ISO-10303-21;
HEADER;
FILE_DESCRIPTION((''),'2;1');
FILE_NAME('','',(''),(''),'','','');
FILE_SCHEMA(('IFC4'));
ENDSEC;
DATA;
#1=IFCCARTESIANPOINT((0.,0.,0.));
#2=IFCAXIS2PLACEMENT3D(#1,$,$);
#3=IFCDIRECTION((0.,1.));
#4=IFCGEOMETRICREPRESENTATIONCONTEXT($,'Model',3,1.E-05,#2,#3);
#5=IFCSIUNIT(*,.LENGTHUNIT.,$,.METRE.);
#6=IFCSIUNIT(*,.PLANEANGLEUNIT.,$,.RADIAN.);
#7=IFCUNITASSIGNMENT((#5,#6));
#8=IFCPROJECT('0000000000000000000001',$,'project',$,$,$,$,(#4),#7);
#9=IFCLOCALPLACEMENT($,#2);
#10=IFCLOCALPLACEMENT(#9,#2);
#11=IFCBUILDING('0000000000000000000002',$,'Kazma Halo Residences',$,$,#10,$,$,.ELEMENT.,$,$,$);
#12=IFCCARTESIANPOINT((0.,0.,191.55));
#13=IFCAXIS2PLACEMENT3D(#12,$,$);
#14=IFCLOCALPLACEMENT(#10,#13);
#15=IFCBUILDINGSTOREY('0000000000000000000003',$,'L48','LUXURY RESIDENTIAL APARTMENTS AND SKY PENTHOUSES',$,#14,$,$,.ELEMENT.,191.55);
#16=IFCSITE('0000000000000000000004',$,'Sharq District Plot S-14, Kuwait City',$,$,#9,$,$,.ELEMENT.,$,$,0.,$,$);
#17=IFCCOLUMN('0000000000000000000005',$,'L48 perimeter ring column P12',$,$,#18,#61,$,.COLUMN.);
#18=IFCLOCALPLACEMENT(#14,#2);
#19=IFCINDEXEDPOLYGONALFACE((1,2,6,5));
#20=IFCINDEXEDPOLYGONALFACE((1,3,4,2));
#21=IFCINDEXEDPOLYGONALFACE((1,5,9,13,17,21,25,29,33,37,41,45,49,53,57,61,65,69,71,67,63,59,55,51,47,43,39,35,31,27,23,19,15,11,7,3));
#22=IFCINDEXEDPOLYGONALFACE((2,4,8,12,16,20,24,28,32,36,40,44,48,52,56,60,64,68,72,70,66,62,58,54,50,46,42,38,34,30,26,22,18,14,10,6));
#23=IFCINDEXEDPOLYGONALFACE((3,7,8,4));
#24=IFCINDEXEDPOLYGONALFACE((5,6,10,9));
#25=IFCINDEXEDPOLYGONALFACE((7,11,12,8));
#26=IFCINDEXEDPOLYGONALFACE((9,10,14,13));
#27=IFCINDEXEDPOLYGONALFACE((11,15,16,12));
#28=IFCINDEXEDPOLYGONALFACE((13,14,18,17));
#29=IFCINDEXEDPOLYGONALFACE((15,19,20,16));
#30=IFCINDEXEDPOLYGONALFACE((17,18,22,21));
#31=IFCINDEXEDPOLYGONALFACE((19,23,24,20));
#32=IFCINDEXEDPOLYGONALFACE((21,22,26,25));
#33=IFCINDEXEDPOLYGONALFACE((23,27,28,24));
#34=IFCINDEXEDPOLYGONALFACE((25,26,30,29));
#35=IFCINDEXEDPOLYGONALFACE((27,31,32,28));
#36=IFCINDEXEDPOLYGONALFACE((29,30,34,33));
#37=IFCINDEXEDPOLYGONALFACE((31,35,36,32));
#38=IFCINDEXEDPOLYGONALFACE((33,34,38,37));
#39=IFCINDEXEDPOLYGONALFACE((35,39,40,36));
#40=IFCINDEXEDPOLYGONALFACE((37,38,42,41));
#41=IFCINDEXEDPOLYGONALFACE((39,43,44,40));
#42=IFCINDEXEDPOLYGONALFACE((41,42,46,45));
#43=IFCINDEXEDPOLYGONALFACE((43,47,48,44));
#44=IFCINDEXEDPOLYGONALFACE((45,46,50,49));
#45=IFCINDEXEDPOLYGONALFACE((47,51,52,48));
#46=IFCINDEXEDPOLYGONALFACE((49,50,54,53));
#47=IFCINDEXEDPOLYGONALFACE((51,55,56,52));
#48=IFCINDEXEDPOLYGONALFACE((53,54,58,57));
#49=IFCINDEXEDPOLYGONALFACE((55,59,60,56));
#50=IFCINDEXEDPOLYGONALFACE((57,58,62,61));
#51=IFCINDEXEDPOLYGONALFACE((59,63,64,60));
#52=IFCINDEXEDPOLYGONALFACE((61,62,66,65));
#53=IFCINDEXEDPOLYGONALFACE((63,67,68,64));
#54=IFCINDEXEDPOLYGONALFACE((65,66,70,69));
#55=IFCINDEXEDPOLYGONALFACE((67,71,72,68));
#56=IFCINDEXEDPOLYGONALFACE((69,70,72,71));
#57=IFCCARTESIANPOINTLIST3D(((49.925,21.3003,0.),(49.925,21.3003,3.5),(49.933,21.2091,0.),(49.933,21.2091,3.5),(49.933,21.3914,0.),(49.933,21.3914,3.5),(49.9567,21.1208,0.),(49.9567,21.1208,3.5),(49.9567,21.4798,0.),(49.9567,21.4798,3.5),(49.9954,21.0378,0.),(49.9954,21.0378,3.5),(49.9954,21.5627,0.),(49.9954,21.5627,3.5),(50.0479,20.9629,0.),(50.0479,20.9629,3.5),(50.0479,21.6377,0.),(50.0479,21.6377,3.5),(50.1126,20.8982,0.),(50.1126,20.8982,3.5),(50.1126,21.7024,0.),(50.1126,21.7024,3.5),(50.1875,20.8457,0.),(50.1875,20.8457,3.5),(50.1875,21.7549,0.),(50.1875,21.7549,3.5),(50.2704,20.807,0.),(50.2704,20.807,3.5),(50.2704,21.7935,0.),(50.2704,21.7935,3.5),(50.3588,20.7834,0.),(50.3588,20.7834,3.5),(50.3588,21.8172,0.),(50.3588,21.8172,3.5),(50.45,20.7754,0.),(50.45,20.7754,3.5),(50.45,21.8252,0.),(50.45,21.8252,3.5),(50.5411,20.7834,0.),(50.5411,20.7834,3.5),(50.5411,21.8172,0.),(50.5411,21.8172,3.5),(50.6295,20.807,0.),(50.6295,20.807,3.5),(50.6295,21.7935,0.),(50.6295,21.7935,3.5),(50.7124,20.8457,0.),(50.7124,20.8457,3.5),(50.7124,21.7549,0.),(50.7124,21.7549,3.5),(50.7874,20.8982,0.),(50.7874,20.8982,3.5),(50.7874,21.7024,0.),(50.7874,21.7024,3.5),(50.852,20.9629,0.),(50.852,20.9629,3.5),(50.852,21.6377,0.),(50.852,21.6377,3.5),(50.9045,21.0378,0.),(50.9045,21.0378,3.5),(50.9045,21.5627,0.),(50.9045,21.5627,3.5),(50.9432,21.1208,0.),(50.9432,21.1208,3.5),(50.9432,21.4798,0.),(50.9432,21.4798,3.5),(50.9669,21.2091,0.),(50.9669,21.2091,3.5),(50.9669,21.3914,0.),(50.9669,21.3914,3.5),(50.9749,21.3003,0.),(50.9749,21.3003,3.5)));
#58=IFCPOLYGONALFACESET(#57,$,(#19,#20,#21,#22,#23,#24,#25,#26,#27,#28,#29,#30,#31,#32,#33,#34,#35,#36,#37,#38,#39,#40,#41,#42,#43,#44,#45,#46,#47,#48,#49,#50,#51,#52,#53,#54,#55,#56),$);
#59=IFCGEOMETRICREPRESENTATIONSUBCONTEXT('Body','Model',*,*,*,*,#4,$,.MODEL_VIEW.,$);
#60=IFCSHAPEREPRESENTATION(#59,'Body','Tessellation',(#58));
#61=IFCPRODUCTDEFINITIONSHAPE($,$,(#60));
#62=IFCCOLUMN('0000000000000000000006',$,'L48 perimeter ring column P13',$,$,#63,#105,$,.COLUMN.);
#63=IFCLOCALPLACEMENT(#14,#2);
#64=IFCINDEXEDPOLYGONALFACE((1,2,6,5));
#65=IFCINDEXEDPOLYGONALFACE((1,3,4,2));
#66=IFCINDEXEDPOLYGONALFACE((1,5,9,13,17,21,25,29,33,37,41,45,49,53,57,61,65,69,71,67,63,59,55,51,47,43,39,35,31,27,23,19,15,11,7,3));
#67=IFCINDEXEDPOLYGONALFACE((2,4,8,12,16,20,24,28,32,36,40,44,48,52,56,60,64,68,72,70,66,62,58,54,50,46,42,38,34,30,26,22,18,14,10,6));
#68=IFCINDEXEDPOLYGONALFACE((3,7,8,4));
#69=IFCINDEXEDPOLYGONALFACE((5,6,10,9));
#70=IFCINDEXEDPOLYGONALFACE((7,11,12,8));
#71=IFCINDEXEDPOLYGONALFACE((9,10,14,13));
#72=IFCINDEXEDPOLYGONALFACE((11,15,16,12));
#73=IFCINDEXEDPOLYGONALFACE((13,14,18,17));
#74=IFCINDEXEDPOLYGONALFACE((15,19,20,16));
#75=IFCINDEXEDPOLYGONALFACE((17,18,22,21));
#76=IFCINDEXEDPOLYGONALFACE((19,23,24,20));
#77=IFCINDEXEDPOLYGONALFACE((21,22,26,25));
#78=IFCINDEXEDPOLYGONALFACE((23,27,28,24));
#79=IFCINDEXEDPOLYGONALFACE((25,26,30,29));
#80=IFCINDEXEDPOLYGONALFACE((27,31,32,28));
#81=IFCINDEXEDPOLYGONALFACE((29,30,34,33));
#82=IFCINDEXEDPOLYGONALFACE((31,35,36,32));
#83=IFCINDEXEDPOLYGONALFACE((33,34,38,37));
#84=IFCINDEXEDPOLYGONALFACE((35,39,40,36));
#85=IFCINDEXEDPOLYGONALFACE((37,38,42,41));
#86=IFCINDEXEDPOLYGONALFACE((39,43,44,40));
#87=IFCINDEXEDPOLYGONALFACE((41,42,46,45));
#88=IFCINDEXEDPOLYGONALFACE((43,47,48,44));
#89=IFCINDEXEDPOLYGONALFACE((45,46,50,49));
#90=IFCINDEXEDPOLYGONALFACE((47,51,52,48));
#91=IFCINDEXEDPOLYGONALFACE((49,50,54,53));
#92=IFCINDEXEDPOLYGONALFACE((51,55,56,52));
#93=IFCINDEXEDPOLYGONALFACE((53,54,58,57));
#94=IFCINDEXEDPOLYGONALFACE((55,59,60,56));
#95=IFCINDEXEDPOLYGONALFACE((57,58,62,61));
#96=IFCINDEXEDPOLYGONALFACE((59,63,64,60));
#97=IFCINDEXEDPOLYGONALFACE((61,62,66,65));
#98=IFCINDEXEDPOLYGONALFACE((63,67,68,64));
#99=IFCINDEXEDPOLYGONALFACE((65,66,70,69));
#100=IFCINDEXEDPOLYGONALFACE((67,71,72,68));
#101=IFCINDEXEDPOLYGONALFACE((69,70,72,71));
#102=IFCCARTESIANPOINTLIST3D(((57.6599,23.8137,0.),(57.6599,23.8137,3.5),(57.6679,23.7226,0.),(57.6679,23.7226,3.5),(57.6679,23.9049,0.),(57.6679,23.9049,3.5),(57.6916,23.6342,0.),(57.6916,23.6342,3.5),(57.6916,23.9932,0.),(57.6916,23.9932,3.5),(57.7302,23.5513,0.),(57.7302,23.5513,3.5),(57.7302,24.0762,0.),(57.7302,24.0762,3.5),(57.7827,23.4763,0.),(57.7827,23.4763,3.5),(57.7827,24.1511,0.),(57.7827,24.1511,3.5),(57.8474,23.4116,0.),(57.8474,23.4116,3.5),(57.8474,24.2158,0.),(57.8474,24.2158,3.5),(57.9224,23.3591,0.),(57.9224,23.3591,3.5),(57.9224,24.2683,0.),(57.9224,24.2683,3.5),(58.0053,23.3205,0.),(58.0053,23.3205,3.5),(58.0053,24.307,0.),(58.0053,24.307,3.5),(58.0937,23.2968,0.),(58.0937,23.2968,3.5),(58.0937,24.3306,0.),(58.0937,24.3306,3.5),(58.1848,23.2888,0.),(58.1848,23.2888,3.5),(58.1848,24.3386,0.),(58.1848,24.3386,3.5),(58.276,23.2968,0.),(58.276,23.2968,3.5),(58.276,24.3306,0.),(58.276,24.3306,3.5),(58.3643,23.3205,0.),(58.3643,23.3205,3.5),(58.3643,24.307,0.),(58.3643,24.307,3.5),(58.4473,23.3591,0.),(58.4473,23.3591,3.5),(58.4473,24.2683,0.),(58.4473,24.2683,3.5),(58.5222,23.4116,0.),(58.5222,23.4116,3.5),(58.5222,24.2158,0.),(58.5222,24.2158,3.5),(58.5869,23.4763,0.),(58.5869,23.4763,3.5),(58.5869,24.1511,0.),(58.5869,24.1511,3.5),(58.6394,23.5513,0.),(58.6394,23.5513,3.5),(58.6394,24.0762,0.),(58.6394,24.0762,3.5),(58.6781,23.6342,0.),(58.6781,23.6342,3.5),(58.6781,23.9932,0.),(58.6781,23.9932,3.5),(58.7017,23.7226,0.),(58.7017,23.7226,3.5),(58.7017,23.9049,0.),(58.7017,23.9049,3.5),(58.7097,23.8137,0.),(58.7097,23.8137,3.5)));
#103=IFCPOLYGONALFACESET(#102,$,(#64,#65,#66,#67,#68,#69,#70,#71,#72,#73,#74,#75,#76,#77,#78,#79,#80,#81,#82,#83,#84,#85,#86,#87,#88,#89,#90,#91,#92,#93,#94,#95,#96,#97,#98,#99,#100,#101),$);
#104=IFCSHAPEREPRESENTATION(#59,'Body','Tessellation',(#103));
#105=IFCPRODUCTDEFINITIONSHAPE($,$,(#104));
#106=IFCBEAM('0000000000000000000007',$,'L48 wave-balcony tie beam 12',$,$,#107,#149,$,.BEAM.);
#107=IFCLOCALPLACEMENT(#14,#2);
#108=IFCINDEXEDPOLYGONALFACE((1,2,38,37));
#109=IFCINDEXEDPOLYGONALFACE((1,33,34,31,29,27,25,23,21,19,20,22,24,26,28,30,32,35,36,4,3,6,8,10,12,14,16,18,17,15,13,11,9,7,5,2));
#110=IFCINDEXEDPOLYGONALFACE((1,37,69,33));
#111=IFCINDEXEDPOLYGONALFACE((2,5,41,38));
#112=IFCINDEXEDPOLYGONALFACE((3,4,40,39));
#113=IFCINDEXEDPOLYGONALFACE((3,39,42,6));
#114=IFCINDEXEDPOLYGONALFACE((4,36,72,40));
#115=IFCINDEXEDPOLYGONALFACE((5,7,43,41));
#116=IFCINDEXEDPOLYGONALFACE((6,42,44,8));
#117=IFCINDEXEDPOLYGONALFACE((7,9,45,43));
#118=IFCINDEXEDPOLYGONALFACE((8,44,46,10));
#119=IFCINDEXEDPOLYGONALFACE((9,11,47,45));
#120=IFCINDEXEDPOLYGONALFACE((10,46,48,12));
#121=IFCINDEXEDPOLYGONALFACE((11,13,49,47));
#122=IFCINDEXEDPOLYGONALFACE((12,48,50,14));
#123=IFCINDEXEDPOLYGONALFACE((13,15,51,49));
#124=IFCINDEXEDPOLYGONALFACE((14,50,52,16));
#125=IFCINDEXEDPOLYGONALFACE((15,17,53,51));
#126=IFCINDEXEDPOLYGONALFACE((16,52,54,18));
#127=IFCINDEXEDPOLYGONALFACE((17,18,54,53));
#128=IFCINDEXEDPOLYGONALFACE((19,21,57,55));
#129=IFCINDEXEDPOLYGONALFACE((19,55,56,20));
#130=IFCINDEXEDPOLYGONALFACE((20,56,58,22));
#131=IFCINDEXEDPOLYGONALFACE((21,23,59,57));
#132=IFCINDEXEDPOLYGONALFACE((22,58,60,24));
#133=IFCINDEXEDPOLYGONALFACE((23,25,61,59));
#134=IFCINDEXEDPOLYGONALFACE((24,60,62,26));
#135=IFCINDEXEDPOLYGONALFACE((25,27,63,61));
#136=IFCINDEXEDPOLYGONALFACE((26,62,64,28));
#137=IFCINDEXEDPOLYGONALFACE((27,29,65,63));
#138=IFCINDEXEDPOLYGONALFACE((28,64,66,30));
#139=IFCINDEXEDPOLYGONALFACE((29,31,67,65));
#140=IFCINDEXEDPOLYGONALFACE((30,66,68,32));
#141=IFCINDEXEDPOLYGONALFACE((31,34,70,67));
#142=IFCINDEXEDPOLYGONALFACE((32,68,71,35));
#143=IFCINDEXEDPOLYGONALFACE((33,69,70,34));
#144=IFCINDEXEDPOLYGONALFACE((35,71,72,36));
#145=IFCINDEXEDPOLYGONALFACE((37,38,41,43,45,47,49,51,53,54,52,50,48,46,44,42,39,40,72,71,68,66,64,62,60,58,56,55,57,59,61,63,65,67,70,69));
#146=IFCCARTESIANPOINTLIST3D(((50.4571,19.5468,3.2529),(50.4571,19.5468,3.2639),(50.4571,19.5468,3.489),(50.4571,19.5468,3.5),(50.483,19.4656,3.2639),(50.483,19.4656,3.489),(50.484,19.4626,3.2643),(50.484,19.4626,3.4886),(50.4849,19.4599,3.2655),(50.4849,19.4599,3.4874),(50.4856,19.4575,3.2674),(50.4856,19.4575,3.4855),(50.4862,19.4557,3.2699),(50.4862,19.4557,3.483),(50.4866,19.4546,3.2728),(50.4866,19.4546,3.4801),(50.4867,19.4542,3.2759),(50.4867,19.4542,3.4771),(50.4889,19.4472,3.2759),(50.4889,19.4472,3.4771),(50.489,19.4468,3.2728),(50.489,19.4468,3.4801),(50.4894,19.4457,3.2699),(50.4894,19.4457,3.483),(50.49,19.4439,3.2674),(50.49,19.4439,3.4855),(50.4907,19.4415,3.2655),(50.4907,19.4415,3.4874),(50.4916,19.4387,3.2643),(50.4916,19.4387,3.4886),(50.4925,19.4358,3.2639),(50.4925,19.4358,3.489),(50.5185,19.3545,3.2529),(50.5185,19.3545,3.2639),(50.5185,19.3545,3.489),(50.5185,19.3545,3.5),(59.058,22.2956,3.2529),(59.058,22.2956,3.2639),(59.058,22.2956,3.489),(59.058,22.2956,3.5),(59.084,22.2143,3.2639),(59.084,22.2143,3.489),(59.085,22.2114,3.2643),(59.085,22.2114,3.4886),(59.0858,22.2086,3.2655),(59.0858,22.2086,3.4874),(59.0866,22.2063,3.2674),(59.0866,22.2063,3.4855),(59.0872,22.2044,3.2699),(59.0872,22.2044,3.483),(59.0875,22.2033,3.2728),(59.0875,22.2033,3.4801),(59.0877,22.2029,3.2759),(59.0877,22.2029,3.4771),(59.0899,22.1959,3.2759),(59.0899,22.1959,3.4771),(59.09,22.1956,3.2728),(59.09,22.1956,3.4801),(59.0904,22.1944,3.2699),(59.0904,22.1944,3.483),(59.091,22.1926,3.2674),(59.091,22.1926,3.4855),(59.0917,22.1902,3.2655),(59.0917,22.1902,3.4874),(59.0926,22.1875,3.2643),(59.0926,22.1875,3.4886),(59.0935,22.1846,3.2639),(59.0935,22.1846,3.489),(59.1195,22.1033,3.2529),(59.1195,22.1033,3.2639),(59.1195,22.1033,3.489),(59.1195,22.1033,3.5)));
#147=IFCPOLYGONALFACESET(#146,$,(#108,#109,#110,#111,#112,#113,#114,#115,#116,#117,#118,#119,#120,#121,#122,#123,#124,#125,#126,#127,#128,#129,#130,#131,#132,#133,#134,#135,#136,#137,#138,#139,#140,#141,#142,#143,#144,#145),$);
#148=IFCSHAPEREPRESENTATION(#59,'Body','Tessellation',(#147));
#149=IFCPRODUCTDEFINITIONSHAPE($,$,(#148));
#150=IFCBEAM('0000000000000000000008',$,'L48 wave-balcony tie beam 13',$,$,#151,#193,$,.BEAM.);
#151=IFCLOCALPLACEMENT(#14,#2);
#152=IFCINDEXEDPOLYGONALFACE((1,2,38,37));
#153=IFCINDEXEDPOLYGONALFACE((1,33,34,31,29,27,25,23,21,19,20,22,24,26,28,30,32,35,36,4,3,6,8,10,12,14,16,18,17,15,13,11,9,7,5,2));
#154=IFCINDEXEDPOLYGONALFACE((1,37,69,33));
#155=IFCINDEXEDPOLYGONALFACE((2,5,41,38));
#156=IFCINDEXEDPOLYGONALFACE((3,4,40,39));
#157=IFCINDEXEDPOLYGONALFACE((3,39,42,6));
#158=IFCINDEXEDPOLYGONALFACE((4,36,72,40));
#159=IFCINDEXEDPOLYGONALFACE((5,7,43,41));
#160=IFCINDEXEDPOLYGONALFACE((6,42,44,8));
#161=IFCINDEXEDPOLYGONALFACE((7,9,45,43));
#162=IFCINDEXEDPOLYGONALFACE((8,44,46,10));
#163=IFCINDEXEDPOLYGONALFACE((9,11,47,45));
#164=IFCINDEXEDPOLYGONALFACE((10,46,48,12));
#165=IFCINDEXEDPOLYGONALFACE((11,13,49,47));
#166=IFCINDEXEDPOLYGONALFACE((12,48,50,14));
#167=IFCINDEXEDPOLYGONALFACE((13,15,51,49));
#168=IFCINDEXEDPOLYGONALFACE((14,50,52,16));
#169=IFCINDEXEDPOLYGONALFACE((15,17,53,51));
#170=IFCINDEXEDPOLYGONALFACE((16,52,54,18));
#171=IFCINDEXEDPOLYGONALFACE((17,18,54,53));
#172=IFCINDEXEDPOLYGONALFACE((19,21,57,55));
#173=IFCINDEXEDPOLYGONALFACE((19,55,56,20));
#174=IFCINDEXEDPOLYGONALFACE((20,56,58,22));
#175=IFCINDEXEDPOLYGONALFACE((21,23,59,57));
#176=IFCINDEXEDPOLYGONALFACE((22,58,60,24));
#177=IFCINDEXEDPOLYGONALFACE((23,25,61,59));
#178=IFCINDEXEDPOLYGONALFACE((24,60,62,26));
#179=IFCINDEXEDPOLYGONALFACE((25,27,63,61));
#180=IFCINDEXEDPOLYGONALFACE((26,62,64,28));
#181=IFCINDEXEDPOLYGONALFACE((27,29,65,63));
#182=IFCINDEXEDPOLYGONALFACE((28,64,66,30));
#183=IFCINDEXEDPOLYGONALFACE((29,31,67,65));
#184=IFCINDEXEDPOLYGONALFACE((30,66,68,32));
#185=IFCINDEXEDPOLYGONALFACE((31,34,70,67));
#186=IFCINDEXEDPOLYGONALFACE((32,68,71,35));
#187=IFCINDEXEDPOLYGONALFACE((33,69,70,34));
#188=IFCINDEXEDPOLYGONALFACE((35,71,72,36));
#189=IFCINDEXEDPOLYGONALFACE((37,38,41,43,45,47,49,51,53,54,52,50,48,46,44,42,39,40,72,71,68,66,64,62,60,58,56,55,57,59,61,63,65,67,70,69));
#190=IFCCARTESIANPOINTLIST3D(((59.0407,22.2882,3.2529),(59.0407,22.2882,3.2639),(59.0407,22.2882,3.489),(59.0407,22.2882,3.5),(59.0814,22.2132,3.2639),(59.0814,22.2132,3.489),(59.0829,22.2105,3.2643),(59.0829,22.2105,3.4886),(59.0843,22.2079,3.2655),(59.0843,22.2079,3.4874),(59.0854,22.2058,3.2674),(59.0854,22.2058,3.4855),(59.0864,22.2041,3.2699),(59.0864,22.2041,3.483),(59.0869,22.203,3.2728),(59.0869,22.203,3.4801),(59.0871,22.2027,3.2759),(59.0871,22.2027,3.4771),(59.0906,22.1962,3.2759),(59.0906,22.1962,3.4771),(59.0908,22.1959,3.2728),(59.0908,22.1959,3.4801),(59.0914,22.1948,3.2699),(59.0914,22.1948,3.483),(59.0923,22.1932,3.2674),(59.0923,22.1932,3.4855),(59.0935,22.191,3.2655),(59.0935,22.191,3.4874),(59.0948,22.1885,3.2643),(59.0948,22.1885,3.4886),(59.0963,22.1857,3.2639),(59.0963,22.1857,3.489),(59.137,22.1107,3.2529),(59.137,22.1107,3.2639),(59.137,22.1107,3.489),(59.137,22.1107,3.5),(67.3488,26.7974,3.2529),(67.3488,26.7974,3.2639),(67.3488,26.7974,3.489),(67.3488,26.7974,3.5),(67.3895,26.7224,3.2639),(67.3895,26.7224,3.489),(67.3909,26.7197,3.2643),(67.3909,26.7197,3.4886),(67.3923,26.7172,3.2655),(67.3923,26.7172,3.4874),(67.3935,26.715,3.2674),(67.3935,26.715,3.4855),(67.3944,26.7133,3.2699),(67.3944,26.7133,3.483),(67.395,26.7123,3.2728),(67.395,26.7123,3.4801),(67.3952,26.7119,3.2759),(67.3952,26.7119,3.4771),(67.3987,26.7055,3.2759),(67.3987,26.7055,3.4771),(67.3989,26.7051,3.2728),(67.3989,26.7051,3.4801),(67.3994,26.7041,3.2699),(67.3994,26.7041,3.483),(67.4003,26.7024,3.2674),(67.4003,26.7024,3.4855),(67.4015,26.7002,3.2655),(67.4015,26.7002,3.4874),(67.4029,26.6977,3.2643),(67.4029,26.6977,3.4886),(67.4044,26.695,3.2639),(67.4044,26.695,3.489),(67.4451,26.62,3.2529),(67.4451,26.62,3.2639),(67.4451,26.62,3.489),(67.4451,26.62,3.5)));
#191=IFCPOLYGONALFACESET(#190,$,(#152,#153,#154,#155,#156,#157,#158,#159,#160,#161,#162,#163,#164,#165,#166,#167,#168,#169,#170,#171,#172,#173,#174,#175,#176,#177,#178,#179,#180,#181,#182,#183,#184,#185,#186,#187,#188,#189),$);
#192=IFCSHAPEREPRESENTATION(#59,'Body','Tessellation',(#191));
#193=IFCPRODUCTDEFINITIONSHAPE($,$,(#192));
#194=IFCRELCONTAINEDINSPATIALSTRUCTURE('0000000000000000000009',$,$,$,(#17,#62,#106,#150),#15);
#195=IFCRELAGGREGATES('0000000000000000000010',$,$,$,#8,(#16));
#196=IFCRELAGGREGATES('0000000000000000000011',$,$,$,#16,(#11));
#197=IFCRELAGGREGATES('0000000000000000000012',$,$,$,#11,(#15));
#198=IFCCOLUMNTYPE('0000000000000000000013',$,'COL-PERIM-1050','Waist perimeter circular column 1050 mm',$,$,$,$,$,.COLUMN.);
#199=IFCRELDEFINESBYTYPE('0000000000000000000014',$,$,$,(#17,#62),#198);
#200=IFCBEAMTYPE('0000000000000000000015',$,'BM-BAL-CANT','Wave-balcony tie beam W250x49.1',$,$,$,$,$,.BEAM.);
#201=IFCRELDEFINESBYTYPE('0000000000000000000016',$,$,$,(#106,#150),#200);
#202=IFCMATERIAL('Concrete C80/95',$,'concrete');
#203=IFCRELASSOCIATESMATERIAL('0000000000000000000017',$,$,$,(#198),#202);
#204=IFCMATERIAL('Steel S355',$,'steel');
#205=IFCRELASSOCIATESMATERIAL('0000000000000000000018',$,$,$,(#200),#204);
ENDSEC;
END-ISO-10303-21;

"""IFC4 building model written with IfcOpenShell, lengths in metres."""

from ifc_helpers import new_model, si_unit, direction, frame, origin, origin_2d, place, context, subcontext, project, spatial, circle, i_section, extrude, material, material_profile, profile_set, type_object, element, save


model = new_model("IFC4")

# Units and contexts
model_context = context("Model", 3, precision=1e-05, world=origin(), true_north=direction((0.0, 1.0)))
body_context = subcontext(model_context, "Body", "Model", "MODEL_VIEW")
ifc_project = project(units=[si_unit("LENGTHUNIT", "METRE"), si_unit("PLANEANGLEUNIT", "RADIAN")], contexts=[model_context])

# Site, building, storey
site_placement = place(None, origin())
site = spatial("IfcSite", under=ifc_project, at=site_placement, Name="Sharq District Plot S-14, Kuwait City", CompositionType="ELEMENT", RefElevation=0.0)
building_placement = place(site_placement, origin())
building = spatial("IfcBuilding", under=site, at=building_placement, Name="Kazma Halo Residences", CompositionType="ELEMENT")
storey_placement = place(building_placement, frame((0.0, 0.0, 191.55)))
storey = spatial("IfcBuildingStorey", under=building, at=storey_placement, Name="L48", Description="LUXURY RESIDENTIAL APARTMENTS AND SKY PENTHOUSES", CompositionType="ELEMENT", Elevation=191.55)

# Columns
ifc_material_1 = material(Name="Concrete C80/95", Category="concrete")
ifc_material_profile_1 = material_profile(ifc_material_1, circle(Radius=0.5249, at=origin_2d()), Name="CIRC1050")
ifc_profile_set_1 = profile_set([ifc_material_profile_1], Name="Concrete C80/95")
column_type = type_object("IfcColumnType", Name="COL-PERIM-1050", Description="Waist perimeter circular column 1050 mm", PredefinedType="COLUMN", material=ifc_profile_set_1)
for number, where, z_axis, x_axis, name in (
    (1, (50.45, 21.3003, 0.0), (0.0, 0.0, 1.0), (1.0, 0.0, 0.0), "L48 perimeter ring column P12"),
    (2, (58.1848, 23.8137, 0.0), (0.0, 0.0, 1.0), (1.0, 0.0, 0.0), "L48 perimeter ring column P13"),
):
    element("IfcColumn", number, at=place(storey_placement, frame(where, z_axis=z_axis, x_axis=x_axis)), inside=storey, type_object=column_type, Name=name, PredefinedType="COLUMN", context=body_context, shape_type="SweptSolid", body=[
        extrude(circle(Radius=0.5249, at=origin_2d()), origin(), (0.0, 0.0, 1.0), 3.5),
    ])

# Beams
ifc_material_2 = material(Name="Steel S355", Category="steel")
ifc_material_profile_2 = material_profile(ifc_material_2, i_section(OverallWidth=0.2019, OverallDepth=0.2471, WebThickness=0.0073, FlangeThickness=0.011, FilletRadius=0.012, at=origin_2d()), Name="W250x49.1")
ifc_profile_set_2 = profile_set([ifc_material_profile_2], Name="Steel S355")
beam_type_1 = type_object("IfcBeamType", Name="BM-BAL-CANT", Description="Wave-balcony tie beam W250x49.1", PredefinedType="BEAM", material=ifc_profile_set_2)
beam_1_placement = place(storey_placement, frame((50.4878, 19.4507, 3.3765), z_axis=(0.952539, 0.304418, 0.0), x_axis=(-0.304418, 0.952539, 0.0)))
element("IfcBeam", 3, at=beam_1_placement, inside=storey, type_object=beam_type_1, Name="L48 wave-balcony tie beam 12", PredefinedType="BEAM", context=body_context, shape_type="SweptSolid", body=[
    extrude(i_section(OverallWidth=0.2019, OverallDepth=0.2471, WebThickness=0.0073, FlangeThickness=0.011, FilletRadius=0.012, at=origin_2d()), origin(), (0.0, 0.0, 1.0), 9.0295),
])
beam_2_placement = place(storey_placement, frame((59.0889, 22.1995, 3.3765), z_axis=(0.878891, 0.477023, 0.0), x_axis=(-0.477023, 0.878891, 0.0)))
element("IfcBeam", 4, at=beam_2_placement, inside=storey, type_object=beam_type_1, Name="L48 wave-balcony tie beam 13", PredefinedType="BEAM", context=body_context, shape_type="SweptSolid", body=[
    extrude(i_section(OverallWidth=0.2019, OverallDepth=0.2471, WebThickness=0.0073, FlangeThickness=0.011, FilletRadius=0.012, at=origin_2d()), origin(), (0.0, 0.0, 1.0), 9.4529),
])

save(model, "model.ifc")
